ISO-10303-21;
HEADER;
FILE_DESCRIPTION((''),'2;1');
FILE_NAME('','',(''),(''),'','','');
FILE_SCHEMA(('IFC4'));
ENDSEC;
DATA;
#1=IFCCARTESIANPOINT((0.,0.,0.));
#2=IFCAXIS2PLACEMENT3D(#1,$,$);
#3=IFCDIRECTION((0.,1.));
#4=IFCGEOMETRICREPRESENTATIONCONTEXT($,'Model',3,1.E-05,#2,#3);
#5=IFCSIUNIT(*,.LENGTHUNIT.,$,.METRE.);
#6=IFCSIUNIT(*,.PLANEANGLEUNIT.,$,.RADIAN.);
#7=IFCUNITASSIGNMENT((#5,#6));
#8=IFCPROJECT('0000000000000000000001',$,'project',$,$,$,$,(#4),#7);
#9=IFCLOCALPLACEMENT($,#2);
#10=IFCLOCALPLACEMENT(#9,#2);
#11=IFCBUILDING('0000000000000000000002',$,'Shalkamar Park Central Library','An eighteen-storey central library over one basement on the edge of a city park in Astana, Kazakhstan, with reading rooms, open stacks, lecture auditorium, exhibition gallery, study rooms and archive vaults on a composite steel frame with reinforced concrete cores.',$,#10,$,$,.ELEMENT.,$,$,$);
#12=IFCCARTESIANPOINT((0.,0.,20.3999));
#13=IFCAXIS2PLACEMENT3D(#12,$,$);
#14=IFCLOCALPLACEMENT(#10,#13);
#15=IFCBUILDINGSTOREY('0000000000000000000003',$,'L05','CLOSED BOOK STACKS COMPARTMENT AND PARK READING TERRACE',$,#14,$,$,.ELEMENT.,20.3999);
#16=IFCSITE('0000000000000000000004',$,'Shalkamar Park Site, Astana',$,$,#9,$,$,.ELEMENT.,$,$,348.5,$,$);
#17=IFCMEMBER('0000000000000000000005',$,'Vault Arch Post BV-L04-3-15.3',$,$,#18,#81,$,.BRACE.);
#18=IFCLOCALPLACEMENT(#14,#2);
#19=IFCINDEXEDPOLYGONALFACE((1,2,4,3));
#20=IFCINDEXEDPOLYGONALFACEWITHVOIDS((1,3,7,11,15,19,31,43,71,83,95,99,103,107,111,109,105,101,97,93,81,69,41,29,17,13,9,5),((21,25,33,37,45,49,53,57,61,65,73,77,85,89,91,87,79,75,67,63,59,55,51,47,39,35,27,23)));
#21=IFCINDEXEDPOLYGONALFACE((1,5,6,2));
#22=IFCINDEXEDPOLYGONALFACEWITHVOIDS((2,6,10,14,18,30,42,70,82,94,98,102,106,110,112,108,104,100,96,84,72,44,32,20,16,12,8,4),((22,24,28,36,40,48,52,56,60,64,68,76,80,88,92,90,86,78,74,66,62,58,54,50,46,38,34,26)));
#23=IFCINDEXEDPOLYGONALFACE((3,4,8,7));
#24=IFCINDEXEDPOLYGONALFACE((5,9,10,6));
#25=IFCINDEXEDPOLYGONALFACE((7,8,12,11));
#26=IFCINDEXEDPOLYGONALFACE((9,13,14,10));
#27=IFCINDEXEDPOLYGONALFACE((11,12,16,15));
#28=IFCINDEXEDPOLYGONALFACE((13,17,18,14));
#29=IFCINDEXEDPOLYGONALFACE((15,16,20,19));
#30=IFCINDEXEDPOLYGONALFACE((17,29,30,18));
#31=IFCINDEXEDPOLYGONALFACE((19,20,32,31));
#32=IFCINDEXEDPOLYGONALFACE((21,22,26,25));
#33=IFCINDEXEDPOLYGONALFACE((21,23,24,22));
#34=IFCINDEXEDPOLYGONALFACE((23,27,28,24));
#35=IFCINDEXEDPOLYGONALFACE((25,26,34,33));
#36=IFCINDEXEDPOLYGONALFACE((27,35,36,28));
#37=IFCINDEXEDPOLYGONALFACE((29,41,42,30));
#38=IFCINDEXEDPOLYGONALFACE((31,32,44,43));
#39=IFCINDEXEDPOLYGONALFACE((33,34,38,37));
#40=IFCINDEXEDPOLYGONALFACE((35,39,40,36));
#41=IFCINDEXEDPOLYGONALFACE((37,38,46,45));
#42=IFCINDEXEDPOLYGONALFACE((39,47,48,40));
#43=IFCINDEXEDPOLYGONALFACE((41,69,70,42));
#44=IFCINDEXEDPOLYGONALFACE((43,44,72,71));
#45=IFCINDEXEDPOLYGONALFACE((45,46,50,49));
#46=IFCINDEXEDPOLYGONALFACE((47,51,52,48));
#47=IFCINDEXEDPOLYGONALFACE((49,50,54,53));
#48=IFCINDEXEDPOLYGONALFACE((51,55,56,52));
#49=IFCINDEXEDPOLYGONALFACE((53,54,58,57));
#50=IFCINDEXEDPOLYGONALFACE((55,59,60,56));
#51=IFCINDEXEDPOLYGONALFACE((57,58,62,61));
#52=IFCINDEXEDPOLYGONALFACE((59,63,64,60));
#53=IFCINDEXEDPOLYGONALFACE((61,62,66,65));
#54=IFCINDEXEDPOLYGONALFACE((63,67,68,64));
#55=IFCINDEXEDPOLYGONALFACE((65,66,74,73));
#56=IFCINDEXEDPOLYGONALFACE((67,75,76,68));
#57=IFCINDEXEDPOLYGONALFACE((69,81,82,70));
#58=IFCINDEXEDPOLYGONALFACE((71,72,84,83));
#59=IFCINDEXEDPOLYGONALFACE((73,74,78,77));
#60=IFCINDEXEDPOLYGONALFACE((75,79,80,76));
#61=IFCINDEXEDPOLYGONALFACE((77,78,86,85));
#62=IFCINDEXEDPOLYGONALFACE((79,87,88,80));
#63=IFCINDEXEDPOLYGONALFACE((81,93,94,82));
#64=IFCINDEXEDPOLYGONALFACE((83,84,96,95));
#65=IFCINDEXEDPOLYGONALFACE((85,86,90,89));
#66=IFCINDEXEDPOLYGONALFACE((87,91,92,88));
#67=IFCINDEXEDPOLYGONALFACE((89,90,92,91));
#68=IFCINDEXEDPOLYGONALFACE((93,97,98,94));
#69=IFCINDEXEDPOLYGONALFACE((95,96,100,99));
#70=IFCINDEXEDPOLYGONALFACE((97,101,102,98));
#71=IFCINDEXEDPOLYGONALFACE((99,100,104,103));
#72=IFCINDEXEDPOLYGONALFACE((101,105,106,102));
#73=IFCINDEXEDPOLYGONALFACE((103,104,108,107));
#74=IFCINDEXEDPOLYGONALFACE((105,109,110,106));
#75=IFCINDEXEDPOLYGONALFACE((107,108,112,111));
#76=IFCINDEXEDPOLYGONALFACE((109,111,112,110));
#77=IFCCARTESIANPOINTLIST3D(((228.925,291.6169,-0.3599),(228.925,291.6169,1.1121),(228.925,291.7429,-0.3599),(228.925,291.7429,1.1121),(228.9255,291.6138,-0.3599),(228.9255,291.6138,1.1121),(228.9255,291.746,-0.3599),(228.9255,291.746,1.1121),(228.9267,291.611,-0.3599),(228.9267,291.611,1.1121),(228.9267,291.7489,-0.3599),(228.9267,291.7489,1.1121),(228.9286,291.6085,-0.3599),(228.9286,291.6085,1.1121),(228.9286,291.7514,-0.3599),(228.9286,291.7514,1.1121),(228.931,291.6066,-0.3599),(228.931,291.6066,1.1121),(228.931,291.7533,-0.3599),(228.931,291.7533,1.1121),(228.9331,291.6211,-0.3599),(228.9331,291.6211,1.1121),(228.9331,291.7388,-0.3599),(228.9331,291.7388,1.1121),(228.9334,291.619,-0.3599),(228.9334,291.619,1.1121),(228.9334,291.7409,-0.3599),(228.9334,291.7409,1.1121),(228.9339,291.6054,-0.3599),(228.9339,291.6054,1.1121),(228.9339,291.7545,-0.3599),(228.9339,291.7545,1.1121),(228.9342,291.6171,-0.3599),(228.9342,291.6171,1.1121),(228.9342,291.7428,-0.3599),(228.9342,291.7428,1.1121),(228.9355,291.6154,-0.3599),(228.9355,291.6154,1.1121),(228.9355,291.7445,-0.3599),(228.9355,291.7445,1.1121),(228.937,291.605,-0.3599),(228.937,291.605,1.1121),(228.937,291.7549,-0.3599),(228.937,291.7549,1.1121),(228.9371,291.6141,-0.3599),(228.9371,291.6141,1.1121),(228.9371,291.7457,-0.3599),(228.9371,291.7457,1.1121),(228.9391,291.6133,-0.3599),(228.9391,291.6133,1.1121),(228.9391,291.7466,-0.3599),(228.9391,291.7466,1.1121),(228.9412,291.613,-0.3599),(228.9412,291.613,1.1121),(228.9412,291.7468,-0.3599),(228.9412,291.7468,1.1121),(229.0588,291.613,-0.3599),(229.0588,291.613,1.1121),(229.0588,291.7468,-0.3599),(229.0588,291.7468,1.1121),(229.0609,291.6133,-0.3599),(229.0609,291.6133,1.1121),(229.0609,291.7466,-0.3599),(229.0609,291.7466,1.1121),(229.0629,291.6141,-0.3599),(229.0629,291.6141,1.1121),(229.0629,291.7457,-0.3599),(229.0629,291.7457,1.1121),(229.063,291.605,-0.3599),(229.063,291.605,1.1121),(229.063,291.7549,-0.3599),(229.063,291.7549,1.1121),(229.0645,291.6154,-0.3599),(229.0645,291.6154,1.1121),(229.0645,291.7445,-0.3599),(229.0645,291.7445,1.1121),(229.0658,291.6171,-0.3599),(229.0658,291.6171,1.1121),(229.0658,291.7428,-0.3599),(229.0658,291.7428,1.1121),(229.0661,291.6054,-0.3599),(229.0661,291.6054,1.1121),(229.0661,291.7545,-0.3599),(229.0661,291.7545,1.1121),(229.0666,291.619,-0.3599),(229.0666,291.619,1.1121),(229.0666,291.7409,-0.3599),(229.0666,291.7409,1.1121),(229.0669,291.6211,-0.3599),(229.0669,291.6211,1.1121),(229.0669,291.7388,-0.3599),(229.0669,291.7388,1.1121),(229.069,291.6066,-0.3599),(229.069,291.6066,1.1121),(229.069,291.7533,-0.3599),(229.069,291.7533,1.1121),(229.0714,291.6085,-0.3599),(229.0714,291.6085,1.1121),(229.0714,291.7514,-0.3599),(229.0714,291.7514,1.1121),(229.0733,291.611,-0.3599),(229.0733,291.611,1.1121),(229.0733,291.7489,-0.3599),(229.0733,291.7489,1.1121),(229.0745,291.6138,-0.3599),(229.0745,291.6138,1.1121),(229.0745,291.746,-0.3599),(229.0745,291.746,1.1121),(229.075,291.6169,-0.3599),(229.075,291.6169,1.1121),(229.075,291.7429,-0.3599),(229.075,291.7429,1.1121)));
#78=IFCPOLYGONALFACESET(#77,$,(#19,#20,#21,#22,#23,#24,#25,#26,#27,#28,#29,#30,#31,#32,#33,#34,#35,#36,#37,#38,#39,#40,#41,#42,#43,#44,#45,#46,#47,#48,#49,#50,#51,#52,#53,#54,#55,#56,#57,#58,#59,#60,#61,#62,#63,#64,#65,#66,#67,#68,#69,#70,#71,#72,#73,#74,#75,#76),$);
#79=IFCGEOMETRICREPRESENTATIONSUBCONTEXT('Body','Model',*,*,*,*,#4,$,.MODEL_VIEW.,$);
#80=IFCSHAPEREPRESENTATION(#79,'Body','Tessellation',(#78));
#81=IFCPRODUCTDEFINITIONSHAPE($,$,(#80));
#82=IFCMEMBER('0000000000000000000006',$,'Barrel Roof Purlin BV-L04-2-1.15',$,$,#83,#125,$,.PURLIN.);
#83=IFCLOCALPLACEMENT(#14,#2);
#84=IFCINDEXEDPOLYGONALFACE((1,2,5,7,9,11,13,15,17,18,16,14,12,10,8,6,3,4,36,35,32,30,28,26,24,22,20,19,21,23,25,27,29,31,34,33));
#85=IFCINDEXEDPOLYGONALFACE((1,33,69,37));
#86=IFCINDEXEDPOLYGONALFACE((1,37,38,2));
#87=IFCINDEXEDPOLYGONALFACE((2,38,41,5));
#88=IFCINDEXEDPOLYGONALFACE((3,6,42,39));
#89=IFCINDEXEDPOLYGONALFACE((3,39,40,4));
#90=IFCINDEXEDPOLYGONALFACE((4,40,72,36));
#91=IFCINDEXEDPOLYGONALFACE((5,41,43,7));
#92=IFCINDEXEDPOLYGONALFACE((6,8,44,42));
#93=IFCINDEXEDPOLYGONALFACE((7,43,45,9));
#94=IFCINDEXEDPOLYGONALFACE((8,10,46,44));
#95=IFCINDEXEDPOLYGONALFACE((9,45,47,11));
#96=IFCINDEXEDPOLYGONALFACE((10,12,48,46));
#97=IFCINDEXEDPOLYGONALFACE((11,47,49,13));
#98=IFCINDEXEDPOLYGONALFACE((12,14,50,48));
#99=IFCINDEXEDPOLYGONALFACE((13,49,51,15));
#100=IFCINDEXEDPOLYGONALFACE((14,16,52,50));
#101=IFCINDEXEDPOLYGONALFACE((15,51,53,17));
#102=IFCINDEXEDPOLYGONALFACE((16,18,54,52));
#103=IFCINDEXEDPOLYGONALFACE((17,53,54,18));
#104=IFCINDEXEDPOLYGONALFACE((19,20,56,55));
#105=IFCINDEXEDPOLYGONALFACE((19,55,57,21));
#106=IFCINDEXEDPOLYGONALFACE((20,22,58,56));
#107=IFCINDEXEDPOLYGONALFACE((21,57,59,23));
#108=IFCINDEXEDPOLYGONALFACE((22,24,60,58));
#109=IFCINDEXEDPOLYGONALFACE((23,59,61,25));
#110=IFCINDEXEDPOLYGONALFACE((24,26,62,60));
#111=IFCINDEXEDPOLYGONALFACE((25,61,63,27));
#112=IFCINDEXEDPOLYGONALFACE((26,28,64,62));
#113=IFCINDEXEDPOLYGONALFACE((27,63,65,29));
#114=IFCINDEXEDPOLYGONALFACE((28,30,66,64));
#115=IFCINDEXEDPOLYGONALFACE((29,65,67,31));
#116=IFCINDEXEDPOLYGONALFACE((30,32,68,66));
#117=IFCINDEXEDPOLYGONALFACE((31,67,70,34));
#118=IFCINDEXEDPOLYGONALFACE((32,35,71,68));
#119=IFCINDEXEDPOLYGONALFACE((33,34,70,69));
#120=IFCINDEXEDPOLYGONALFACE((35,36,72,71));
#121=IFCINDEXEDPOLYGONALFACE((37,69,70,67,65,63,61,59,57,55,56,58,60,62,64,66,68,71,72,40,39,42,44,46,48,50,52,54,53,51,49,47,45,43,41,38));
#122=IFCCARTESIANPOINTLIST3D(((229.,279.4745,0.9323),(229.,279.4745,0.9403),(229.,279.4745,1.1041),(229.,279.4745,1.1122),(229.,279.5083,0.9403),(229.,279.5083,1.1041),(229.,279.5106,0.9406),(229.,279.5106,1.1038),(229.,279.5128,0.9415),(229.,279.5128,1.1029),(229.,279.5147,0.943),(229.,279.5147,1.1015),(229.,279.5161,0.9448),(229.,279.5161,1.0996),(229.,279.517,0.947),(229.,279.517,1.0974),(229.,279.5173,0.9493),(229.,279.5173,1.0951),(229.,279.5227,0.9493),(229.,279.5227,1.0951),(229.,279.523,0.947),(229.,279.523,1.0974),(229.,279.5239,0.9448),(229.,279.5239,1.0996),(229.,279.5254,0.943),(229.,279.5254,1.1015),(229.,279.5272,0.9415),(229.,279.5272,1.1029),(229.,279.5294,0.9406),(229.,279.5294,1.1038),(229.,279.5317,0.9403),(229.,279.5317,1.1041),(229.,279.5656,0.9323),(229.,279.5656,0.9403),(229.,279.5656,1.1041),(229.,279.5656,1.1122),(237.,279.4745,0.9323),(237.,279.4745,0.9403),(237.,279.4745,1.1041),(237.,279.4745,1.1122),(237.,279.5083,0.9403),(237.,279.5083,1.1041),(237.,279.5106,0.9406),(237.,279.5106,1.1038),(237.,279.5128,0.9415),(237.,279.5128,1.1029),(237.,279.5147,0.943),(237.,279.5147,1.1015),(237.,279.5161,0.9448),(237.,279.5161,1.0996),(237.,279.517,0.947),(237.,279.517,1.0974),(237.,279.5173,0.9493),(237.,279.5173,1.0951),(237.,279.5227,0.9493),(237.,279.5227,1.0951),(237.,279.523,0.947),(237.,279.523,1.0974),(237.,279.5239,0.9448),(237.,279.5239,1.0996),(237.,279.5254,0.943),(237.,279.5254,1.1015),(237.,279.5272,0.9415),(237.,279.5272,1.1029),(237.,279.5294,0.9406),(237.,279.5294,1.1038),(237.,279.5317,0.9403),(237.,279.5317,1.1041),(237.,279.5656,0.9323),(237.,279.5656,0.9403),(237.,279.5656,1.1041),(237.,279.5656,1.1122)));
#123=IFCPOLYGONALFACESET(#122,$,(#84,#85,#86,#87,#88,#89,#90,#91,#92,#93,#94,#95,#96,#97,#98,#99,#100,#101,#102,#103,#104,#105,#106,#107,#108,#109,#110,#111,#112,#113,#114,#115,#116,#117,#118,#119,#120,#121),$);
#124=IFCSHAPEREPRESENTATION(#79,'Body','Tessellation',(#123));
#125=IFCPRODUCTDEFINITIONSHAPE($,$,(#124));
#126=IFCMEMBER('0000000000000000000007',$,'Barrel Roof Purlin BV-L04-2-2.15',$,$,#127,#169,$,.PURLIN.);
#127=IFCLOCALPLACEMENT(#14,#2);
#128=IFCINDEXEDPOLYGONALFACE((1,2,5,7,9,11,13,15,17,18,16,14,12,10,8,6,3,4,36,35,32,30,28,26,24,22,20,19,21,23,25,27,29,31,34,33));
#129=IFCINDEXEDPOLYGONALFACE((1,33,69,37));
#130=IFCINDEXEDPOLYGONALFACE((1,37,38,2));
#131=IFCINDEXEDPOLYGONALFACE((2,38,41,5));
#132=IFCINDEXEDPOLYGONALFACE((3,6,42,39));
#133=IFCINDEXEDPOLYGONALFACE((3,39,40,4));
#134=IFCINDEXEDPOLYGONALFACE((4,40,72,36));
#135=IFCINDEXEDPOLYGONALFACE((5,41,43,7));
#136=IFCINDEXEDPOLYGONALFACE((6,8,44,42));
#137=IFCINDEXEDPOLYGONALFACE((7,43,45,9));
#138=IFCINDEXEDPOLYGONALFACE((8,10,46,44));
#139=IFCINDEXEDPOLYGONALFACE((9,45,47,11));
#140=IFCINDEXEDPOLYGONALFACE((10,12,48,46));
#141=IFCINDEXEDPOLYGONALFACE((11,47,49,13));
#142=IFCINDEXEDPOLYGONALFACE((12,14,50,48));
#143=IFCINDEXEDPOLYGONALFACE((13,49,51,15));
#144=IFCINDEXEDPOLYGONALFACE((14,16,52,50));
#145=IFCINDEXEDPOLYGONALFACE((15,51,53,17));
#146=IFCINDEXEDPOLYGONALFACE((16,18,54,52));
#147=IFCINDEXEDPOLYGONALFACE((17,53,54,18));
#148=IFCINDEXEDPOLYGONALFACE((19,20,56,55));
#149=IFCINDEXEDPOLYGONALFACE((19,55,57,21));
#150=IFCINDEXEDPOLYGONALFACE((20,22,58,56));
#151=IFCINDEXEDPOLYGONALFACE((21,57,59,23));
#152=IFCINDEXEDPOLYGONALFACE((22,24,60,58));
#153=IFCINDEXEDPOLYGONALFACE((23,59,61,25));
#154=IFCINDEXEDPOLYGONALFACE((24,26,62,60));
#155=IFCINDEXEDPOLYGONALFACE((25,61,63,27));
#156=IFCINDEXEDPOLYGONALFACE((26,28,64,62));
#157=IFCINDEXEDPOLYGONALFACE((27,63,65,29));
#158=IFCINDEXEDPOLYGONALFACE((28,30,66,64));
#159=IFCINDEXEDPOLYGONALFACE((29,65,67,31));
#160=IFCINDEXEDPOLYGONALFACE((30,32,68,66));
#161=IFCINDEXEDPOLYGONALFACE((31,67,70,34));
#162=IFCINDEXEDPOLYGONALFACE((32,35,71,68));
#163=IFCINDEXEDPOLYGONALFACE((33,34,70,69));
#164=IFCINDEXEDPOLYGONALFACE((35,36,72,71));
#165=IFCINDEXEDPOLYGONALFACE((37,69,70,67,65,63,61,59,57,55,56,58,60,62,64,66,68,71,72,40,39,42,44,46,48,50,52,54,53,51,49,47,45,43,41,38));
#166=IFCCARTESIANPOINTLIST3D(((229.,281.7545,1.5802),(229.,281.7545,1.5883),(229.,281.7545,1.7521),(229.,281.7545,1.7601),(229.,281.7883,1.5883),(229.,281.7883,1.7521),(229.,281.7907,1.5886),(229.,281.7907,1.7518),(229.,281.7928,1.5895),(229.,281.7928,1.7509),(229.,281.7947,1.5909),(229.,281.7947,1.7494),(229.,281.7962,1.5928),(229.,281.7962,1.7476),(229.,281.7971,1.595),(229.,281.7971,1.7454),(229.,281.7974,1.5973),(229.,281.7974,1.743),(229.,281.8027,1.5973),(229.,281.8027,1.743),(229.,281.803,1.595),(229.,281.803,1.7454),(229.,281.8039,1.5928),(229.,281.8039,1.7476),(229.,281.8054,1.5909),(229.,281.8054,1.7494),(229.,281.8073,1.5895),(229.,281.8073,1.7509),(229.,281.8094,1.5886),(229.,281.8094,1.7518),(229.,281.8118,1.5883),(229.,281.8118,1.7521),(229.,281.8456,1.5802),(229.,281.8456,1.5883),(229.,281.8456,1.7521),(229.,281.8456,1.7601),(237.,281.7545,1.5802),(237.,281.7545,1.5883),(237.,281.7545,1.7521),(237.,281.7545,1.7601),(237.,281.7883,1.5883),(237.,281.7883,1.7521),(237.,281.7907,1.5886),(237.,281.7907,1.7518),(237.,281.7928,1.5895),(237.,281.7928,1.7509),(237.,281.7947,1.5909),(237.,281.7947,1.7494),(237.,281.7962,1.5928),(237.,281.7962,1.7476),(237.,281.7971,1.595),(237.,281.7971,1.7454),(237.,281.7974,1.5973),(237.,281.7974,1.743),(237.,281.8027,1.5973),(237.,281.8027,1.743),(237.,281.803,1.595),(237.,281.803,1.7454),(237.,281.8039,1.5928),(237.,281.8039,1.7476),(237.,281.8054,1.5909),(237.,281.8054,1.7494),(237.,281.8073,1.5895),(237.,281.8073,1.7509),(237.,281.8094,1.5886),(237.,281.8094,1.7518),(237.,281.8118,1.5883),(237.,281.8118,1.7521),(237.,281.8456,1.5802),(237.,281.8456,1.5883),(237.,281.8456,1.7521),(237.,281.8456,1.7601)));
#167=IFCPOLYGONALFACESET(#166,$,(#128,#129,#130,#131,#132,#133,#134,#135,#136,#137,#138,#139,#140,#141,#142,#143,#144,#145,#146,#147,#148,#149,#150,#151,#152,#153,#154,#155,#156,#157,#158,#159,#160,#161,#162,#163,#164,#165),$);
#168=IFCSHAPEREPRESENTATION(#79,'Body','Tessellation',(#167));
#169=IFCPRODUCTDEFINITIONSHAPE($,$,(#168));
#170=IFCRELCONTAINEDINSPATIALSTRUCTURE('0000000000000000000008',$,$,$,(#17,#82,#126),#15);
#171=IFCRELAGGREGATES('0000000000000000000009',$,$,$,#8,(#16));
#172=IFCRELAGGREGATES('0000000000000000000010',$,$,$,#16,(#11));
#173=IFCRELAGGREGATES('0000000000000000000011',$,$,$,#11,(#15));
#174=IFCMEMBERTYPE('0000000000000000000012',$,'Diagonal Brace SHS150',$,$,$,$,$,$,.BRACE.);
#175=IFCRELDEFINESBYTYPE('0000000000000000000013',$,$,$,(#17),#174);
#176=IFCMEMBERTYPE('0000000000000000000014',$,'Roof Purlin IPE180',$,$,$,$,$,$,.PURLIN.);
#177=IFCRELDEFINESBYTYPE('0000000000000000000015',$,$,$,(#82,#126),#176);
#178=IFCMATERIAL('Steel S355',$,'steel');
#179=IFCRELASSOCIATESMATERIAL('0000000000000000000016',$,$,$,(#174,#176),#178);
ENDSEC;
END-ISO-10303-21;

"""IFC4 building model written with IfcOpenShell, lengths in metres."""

from ifc_helpers import new_model, si_unit, direction, frame, origin, origin_2d, place, context, subcontext, project, spatial, hollow_rectangle, i_section, extrude, material, material_profile, profile_set, type_object, element, save


model = new_model("IFC4")

# Units and contexts
model_context = context("Model", 3, precision=1e-05, world=origin(), true_north=direction((0.0, 1.0)))
body_context = subcontext(model_context, "Body", "Model", "MODEL_VIEW")
ifc_project = project(units=[si_unit("LENGTHUNIT", "METRE"), si_unit("PLANEANGLEUNIT", "RADIAN")], contexts=[model_context])

# Site, building, storey
site_placement = place(None, origin())
site = spatial("IfcSite", under=ifc_project, at=site_placement, Name="Shalkamar Park Site, Astana", CompositionType="ELEMENT", RefElevation=348.5)
building_placement = place(site_placement, origin())
building = spatial("IfcBuilding", under=site, at=building_placement, Name="Shalkamar Park Central Library", Description="An eighteen-storey central library over one basement on the edge of a city park in Astana, Kazakhstan, with reading rooms, open stacks, lecture auditorium, exhibition gallery, study rooms and archive vaults on a composite steel frame with reinforced concrete cores.", CompositionType="ELEMENT")
storey_placement = place(building_placement, frame((0.0, 0.0, 20.3999)))
storey = spatial("IfcBuildingStorey", under=building, at=storey_placement, Name="L05", Description="CLOSED BOOK STACKS COMPARTMENT AND PARK READING TERRACE", CompositionType="ELEMENT", Elevation=20.3999)

# Members
ifc_material_1 = material(Name="Steel S355", Category="steel")
ifc_material_profile_1 = material_profile(ifc_material_1, hollow_rectangle(XDim=0.1499, YDim=0.1499, WallThickness=0.0081, InnerFilletRadius=0.0081, OuterFilletRadius=0.012, at=origin_2d()), Name="SHS 150x150x8")
ifc_profile_set_1 = profile_set([ifc_material_profile_1], Name="Steel S355")
member_type_1 = type_object("IfcMemberType", Name="Diagonal Brace SHS150", PredefinedType="BRACE", material=ifc_profile_set_1)
member_1_placement = place(storey_placement, frame((229.0, 291.6799, -0.3599), z_axis=(0.0, 0.0, 1.0), x_axis=(1.0, 0.0, 0.0)))
element("IfcMember", 1, at=member_1_placement, inside=storey, type_object=member_type_1, Name="Vault Arch Post BV-L04-3-15.3", PredefinedType="BRACE", context=body_context, shape_type="SweptSolid", body=[
    extrude(hollow_rectangle(XDim=0.1499, YDim=0.1499, WallThickness=0.0081, InnerFilletRadius=0.0081, OuterFilletRadius=0.012, at=origin_2d()), origin(), (0.0, 0.0, 1.0), 1.4719),
])
ifc_material_profile_2 = material_profile(ifc_material_1, i_section(OverallWidth=0.0911, OverallDepth=0.1799, WebThickness=0.0054, FlangeThickness=0.0081, FilletRadius=0.009, at=origin_2d()), Name="IPE 180")
ifc_profile_set_2 = profile_set([ifc_material_profile_2], Name="Steel S355")
member_type_2 = type_object("IfcMemberType", Name="Roof Purlin IPE180", PredefinedType="PURLIN", material=ifc_profile_set_2)
for number, where, z_axis, x_axis, name in (
    (2, (229.0, 279.52, 1.0222), (1.0, 0.0, 0.0), (0.0, 1.0, 0.0), "Barrel Roof Purlin BV-L04-2-1.15"),
    (3, (229.0, 281.8, 1.6702), (1.0, 0.0, 0.0), (0.0, 1.0, 0.0), "Barrel Roof Purlin BV-L04-2-2.15"),
):
    element("IfcMember", number, at=place(storey_placement, frame(where, z_axis=z_axis, x_axis=x_axis)), inside=storey, type_object=member_type_2, Name=name, PredefinedType="PURLIN", context=body_context, shape_type="SweptSolid", body=[
        extrude(i_section(OverallWidth=0.0911, OverallDepth=0.1799, WebThickness=0.0054, FlangeThickness=0.0081, FilletRadius=0.009, at=origin_2d()), origin(), (0.0, 0.0, 1.0), 8.0),
    ])

save(model, "model.ifc")
